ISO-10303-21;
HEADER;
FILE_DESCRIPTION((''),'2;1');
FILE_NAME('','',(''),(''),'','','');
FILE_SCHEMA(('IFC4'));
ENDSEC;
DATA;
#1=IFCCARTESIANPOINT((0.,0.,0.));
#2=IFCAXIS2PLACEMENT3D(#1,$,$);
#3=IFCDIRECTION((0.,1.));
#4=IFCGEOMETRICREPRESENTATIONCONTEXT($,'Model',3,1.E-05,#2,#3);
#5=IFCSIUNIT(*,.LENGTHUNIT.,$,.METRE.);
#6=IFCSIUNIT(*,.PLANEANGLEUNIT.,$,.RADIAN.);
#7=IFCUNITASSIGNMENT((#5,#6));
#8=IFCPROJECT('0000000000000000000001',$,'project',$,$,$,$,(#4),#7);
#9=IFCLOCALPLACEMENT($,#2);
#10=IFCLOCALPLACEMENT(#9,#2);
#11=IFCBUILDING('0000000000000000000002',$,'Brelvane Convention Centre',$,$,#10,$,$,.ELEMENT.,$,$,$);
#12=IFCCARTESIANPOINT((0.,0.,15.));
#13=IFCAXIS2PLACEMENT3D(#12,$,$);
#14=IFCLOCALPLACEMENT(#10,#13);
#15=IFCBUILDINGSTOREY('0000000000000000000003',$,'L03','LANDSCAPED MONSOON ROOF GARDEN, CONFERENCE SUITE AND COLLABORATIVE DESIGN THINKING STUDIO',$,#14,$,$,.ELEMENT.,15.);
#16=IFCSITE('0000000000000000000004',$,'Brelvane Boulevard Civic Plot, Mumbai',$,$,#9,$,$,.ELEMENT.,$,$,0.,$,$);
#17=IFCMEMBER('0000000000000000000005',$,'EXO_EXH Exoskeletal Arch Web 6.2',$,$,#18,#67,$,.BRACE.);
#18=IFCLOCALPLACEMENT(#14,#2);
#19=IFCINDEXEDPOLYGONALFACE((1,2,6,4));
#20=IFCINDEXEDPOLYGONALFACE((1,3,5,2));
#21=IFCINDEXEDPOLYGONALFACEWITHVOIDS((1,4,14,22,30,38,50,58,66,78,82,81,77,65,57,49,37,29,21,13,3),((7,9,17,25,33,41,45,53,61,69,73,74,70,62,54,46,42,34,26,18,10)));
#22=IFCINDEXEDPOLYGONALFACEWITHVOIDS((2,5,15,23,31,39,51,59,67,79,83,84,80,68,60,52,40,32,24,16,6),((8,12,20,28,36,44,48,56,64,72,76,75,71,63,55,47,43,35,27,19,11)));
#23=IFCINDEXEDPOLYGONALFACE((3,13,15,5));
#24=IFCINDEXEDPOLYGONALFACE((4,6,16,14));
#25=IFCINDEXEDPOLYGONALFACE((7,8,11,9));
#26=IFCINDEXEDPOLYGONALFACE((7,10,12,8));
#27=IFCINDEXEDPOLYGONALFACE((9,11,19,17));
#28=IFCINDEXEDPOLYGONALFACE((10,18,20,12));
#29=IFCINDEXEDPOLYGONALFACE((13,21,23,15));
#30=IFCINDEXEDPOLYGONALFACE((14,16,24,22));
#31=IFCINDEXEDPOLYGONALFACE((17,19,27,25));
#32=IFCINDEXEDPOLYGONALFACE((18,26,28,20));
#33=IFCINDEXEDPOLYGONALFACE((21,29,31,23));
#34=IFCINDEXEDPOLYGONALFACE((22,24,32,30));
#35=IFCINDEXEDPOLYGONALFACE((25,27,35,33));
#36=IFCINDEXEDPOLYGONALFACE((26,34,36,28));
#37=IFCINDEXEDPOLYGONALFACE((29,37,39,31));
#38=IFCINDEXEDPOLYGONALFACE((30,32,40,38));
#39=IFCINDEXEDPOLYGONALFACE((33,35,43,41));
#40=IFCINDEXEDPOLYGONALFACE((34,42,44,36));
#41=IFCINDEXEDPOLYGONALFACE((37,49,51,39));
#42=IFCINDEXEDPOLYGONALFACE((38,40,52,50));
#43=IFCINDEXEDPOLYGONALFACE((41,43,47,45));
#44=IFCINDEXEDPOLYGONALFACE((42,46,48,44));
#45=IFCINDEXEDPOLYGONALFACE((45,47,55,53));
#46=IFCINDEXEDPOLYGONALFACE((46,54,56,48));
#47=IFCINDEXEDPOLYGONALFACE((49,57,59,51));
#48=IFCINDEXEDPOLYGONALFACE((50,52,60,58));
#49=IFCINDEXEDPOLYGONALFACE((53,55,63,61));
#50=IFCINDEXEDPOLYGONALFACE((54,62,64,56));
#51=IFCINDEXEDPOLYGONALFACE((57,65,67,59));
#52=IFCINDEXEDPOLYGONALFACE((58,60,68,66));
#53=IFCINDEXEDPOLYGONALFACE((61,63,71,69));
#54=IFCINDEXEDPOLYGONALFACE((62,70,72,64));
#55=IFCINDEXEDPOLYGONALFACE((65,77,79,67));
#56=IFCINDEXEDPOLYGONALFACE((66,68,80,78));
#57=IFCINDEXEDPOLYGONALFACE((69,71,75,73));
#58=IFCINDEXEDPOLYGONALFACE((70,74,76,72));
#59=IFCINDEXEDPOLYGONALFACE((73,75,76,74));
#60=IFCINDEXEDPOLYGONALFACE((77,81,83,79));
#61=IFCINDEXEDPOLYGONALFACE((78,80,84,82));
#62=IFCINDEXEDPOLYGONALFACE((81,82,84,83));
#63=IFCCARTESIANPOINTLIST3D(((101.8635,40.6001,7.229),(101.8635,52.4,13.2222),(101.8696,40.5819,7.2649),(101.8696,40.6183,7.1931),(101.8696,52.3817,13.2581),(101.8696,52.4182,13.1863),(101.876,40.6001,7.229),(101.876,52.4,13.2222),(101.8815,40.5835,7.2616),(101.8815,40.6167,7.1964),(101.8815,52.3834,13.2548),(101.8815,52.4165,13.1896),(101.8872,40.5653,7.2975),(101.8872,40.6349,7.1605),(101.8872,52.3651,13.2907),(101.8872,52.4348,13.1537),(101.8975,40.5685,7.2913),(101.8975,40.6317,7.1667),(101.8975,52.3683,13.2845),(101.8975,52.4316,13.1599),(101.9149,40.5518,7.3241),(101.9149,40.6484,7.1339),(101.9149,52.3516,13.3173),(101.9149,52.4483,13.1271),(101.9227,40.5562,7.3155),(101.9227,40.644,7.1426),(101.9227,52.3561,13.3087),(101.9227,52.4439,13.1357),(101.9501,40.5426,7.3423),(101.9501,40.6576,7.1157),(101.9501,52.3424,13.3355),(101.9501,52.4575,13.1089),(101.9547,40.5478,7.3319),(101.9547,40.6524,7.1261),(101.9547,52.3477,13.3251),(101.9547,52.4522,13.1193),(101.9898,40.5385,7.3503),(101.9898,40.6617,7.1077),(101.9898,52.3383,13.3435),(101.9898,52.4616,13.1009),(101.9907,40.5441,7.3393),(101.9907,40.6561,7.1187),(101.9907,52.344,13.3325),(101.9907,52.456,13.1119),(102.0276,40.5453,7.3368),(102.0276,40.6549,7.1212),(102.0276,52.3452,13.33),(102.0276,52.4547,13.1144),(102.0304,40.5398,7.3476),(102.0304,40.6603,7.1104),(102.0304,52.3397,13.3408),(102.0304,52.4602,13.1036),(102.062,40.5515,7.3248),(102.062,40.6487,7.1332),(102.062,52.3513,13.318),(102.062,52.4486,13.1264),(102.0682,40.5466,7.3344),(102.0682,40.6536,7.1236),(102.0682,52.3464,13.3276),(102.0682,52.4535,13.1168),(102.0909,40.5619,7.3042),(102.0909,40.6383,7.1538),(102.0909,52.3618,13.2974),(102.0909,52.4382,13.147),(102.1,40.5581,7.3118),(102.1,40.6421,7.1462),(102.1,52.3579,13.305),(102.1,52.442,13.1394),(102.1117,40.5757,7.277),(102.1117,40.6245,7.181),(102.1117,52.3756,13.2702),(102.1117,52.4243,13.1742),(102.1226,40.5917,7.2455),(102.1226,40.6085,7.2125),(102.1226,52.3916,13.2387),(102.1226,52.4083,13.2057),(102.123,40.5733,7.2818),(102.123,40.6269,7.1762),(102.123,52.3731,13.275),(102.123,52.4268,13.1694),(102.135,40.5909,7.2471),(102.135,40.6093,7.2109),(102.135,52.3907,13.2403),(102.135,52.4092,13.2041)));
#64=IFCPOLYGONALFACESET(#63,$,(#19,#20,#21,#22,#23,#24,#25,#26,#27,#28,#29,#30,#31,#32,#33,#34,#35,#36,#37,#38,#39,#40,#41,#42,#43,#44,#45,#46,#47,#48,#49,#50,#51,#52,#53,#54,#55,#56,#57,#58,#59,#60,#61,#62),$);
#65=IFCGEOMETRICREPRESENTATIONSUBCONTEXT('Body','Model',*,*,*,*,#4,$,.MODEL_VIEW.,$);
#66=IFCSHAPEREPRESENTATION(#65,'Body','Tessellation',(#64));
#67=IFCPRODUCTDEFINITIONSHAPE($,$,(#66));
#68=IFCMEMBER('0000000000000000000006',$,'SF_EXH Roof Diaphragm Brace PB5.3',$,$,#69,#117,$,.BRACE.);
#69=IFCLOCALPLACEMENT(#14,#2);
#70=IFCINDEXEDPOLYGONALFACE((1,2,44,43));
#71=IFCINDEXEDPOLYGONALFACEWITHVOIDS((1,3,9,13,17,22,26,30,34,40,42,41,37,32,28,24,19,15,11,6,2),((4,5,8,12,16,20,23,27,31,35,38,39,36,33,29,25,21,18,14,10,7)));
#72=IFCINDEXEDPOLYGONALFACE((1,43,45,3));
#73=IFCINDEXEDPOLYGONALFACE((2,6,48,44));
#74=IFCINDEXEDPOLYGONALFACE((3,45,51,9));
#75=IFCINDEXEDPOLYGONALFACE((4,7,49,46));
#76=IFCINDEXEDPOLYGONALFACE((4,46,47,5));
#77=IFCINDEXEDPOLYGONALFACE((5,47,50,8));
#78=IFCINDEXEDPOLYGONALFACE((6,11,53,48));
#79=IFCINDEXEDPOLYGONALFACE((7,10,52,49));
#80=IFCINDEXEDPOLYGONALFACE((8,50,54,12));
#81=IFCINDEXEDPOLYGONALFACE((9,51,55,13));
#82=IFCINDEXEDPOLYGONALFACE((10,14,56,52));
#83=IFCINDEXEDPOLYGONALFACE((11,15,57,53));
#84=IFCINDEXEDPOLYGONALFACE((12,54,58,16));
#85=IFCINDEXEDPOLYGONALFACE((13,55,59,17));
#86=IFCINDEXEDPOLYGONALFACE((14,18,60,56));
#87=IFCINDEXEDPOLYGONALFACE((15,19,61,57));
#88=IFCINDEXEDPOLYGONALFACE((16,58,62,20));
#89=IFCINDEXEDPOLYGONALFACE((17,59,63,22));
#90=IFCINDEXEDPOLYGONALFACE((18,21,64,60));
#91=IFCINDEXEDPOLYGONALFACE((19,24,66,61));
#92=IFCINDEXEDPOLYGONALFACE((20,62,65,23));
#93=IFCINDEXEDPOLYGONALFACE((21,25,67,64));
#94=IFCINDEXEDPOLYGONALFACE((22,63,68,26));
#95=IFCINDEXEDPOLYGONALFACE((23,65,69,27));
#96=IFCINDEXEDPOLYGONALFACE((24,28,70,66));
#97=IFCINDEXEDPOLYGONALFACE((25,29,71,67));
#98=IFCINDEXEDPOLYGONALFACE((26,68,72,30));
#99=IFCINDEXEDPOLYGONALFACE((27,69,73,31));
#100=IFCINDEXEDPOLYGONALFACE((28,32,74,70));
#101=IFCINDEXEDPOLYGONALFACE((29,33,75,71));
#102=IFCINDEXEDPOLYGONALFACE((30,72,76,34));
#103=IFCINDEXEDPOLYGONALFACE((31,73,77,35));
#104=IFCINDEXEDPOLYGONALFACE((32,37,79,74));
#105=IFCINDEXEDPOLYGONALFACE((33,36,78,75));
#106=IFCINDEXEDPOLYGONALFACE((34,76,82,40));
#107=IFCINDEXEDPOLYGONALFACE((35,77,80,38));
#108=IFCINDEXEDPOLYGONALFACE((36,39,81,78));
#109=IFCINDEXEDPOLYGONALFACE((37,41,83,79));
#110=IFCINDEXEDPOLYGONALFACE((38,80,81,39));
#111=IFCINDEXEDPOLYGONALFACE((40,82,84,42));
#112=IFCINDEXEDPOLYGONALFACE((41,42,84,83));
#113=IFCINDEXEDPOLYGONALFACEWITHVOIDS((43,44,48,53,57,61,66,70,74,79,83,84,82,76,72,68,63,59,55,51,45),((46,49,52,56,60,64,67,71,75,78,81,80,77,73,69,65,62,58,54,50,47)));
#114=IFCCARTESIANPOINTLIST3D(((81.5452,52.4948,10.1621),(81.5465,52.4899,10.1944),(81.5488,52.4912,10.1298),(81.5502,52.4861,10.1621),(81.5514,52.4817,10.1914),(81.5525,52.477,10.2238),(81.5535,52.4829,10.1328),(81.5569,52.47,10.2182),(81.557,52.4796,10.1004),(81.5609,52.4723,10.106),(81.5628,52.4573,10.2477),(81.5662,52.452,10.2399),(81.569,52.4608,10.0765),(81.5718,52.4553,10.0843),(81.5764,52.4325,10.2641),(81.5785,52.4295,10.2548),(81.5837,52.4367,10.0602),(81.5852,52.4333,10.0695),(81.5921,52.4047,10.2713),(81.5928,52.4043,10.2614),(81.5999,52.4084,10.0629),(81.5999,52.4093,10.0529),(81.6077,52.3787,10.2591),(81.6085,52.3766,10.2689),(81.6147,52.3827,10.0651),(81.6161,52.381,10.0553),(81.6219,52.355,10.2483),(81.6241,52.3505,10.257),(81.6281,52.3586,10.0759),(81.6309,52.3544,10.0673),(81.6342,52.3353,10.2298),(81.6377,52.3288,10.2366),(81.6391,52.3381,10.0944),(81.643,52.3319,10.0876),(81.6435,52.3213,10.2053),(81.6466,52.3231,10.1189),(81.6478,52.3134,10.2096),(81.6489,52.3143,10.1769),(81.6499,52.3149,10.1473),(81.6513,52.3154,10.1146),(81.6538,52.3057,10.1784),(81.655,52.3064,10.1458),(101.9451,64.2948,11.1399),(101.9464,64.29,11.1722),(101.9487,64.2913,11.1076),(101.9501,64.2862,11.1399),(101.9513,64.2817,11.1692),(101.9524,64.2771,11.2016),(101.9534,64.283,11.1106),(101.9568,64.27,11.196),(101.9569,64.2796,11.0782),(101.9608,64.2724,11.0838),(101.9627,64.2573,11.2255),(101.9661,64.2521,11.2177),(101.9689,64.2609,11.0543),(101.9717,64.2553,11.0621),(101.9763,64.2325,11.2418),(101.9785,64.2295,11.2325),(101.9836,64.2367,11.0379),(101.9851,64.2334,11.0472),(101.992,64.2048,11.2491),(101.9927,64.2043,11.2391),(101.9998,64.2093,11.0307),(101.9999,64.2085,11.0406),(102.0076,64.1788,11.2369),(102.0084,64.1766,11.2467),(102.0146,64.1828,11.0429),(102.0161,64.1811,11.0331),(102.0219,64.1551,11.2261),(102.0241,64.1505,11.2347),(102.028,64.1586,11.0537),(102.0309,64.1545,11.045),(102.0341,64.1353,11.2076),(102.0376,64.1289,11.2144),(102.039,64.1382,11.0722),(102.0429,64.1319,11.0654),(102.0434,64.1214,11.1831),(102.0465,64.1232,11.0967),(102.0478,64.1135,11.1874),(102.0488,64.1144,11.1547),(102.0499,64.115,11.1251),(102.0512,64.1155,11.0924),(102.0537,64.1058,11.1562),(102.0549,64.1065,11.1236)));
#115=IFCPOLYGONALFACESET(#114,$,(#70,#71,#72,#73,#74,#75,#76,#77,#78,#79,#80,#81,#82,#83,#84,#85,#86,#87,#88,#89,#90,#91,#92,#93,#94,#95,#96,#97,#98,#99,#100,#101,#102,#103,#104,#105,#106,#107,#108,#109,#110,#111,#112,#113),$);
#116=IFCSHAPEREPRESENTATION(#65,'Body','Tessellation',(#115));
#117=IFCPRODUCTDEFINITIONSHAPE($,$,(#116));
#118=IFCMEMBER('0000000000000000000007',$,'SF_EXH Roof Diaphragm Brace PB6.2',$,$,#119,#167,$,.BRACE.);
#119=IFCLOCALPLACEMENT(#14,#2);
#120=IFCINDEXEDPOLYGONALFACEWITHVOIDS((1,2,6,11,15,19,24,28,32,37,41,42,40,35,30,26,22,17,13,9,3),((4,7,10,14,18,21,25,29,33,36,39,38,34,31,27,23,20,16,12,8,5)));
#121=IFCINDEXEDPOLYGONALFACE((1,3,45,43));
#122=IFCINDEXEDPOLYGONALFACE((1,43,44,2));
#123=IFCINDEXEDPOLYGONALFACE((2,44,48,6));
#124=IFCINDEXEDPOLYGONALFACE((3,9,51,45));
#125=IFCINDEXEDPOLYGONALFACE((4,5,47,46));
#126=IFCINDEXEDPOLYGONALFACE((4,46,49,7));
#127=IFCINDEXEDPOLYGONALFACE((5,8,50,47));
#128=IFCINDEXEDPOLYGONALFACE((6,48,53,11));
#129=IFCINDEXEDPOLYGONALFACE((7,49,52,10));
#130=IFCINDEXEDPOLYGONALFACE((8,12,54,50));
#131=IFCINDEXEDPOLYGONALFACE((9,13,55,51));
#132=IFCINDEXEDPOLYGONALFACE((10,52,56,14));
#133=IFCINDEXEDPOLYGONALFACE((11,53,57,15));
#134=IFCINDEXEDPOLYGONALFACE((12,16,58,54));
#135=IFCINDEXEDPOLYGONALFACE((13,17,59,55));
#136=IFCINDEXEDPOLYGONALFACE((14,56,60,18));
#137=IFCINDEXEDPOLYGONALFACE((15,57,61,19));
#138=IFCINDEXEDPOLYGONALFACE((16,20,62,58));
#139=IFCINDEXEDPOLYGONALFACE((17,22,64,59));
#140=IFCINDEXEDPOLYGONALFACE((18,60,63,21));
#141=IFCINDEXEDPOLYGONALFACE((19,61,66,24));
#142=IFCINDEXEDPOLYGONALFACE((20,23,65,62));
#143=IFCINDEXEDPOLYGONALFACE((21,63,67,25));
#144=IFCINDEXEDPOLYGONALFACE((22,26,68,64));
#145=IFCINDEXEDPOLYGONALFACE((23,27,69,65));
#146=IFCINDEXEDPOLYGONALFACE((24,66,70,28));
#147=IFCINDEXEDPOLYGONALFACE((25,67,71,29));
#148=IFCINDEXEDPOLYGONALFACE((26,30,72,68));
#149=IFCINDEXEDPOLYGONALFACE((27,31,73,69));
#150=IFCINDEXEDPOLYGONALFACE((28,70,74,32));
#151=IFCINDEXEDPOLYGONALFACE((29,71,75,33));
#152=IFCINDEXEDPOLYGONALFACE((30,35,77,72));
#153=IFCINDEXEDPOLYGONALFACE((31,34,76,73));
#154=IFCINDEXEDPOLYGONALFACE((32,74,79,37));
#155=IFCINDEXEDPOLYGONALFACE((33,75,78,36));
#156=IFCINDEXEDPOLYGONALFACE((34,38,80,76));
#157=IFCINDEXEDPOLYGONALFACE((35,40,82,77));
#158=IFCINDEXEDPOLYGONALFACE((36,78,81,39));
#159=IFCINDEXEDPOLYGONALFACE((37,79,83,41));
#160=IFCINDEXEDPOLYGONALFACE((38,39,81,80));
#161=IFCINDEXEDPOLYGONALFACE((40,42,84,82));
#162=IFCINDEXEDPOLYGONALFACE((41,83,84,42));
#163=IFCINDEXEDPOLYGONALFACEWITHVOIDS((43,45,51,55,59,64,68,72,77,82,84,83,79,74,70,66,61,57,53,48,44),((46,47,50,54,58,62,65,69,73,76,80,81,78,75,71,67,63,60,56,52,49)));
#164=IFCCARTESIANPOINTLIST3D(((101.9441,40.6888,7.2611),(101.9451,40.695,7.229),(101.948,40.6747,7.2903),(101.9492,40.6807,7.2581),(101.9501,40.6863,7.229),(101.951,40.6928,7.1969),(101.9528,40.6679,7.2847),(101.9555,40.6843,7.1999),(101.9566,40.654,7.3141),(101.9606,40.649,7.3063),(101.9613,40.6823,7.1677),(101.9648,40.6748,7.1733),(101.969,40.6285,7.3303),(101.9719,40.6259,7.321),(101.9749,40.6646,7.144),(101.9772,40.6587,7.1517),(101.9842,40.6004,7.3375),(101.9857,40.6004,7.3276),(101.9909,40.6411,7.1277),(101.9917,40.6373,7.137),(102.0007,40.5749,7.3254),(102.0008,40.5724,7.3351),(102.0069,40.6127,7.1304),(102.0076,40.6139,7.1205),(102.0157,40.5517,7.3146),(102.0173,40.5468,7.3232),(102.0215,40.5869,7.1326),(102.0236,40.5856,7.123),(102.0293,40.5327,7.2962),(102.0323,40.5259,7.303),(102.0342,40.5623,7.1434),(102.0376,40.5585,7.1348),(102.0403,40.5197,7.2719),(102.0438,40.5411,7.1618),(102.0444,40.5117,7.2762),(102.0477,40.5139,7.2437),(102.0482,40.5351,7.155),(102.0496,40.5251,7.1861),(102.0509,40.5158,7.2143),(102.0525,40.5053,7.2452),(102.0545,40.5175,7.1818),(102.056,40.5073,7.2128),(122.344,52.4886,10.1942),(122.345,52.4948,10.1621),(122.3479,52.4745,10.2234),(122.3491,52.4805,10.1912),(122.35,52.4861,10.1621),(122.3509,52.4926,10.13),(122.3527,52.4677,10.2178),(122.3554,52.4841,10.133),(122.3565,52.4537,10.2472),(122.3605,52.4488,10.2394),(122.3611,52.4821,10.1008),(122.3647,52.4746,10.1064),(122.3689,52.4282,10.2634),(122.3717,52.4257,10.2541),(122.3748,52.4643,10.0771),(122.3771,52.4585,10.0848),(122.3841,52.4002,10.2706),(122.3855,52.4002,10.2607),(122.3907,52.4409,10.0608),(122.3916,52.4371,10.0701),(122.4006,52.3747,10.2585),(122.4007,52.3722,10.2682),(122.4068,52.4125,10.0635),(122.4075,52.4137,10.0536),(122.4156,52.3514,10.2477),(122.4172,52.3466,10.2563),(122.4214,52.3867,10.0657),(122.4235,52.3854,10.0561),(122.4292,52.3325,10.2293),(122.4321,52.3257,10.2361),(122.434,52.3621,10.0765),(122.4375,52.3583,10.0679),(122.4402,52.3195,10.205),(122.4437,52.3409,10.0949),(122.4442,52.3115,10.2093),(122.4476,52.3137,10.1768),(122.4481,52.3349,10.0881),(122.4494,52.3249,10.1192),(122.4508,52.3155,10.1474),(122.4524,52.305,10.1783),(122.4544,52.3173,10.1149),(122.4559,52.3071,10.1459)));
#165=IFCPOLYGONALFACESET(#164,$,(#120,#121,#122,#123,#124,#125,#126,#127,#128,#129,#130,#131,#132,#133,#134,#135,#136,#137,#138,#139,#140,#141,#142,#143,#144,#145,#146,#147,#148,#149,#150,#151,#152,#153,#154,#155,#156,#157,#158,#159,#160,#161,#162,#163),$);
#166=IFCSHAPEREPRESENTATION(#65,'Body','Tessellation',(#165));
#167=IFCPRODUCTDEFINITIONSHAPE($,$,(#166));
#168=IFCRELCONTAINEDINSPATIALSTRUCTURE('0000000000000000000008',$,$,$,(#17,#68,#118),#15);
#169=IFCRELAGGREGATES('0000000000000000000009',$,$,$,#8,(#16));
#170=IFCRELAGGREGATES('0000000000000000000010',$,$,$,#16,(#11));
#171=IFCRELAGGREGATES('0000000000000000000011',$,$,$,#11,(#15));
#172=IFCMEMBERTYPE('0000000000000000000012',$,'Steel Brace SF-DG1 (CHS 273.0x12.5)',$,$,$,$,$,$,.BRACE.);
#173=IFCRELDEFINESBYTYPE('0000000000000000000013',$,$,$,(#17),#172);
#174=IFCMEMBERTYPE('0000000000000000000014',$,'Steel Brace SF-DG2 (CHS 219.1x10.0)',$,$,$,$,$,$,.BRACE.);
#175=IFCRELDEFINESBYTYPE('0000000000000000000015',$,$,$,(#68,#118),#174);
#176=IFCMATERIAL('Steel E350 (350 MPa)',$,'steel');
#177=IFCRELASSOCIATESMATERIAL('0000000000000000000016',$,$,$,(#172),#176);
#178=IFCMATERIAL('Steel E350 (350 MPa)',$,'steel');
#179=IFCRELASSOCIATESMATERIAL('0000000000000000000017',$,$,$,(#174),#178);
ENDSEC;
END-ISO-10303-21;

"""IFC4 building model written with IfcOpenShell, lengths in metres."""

from ifc_helpers import new_model, si_unit, direction, frame, origin, origin_2d, place, context, subcontext, project, spatial, hollow_circle, extrude, material, material_profile, profile_set, type_object, element, save


model = new_model("IFC4")

# Units and contexts
model_context = context("Model", 3, precision=1e-05, world=origin(), true_north=direction((0.0, 1.0)))
body_context = subcontext(model_context, "Body", "Model", "MODEL_VIEW")
ifc_project = project(units=[si_unit("LENGTHUNIT", "METRE"), si_unit("PLANEANGLEUNIT", "RADIAN")], contexts=[model_context])

# Site, building, storey
site_placement = place(None, origin())
site = spatial("IfcSite", under=ifc_project, at=site_placement, Name="Brelvane Boulevard Civic Plot, Mumbai", CompositionType="ELEMENT", RefElevation=0.0)
building_placement = place(site_placement, origin())
building = spatial("IfcBuilding", under=site, at=building_placement, Name="Brelvane Convention Centre", CompositionType="ELEMENT")
storey_placement = place(building_placement, frame((0.0, 0.0, 15.0)))
storey = spatial("IfcBuildingStorey", under=building, at=storey_placement, Name="L03", Description="LANDSCAPED MONSOON ROOF GARDEN, CONFERENCE SUITE AND COLLABORATIVE DESIGN THINKING STUDIO", CompositionType="ELEMENT", Elevation=15.0)

# Members
ifc_material_1 = material(Name="Steel E350 (350 MPa)", Category="steel")
ifc_material_profile_1 = material_profile(ifc_material_1, hollow_circle(Radius=0.1365, WallThickness=0.0125, at=origin_2d()), Name="CHS 273.0x12.5")
ifc_profile_set_1 = profile_set([ifc_material_profile_1], Name="Steel E350 (350 MPa)")
member_type_1 = type_object("IfcMemberType", Name="Steel Brace SF-DG1 (CHS 273.0x12.5)", PredefinedType="BRACE", material=ifc_profile_set_1)
member_1_placement = place(storey_placement, frame((102.0, 40.6001, 7.229), z_axis=(0.0, 0.891591, 0.452842), x_axis=(-1.0, 0.0, 0.0)))
element("IfcMember", 1, at=member_1_placement, inside=storey, type_object=member_type_1, Name="EXO_EXH Exoskeletal Arch Web 6.2", PredefinedType="BRACE", context=body_context, shape_type="SweptSolid", body=[
    extrude(hollow_circle(Radius=0.1365, WallThickness=0.0125, at=origin_2d()), origin(), (0.0, 0.0, 1.0), 13.2346),
])
ifc_material_2 = material(Name="Steel E350 (350 MPa)", Category="steel")
ifc_material_profile_2 = material_profile(ifc_material_2, hollow_circle(Radius=0.1096, WallThickness=0.01, at=origin_2d()), Name="CHS 219.1x10.0")
ifc_profile_set_2 = profile_set([ifc_material_profile_2], Name="Steel E350 (350 MPa)")
member_type_2 = type_object("IfcMemberType", Name="Steel Brace SF-DG2 (CHS 219.1x10.0)", PredefinedType="BRACE", material=ifc_profile_set_2)
member_2_placement = place(storey_placement, frame((81.6001, 52.3999, 10.1621), z_axis=(0.864874, 0.500275, 0.041454), x_axis=(-0.500705, 0.865618, 0.0)))
element("IfcMember", 2, at=member_2_placement, inside=storey, type_object=member_type_2, Name="SF_EXH Roof Diaphragm Brace PB5.3", PredefinedType="BRACE", context=body_context, shape_type="SweptSolid", body=[
    extrude(hollow_circle(Radius=0.1096, WallThickness=0.01, at=origin_2d()), origin(), (0.0, 0.0, 1.0), 23.5872),
])
member_3_placement = place(storey_placement, frame((102.0, 40.6001, 7.229), z_axis=(0.858995, 0.496864, 0.123507), x_axis=(-0.500697, 0.865622, 0.0)))
element("IfcMember", 3, at=member_3_placement, inside=storey, type_object=member_type_2, Name="SF_EXH Roof Diaphragm Brace PB6.2", PredefinedType="BRACE", context=body_context, shape_type="SweptSolid", body=[
    extrude(hollow_circle(Radius=0.1096, WallThickness=0.01, at=origin_2d()), origin(), (0.0, 0.0, 1.0), 23.7485),
])

save(model, "model.ifc")
